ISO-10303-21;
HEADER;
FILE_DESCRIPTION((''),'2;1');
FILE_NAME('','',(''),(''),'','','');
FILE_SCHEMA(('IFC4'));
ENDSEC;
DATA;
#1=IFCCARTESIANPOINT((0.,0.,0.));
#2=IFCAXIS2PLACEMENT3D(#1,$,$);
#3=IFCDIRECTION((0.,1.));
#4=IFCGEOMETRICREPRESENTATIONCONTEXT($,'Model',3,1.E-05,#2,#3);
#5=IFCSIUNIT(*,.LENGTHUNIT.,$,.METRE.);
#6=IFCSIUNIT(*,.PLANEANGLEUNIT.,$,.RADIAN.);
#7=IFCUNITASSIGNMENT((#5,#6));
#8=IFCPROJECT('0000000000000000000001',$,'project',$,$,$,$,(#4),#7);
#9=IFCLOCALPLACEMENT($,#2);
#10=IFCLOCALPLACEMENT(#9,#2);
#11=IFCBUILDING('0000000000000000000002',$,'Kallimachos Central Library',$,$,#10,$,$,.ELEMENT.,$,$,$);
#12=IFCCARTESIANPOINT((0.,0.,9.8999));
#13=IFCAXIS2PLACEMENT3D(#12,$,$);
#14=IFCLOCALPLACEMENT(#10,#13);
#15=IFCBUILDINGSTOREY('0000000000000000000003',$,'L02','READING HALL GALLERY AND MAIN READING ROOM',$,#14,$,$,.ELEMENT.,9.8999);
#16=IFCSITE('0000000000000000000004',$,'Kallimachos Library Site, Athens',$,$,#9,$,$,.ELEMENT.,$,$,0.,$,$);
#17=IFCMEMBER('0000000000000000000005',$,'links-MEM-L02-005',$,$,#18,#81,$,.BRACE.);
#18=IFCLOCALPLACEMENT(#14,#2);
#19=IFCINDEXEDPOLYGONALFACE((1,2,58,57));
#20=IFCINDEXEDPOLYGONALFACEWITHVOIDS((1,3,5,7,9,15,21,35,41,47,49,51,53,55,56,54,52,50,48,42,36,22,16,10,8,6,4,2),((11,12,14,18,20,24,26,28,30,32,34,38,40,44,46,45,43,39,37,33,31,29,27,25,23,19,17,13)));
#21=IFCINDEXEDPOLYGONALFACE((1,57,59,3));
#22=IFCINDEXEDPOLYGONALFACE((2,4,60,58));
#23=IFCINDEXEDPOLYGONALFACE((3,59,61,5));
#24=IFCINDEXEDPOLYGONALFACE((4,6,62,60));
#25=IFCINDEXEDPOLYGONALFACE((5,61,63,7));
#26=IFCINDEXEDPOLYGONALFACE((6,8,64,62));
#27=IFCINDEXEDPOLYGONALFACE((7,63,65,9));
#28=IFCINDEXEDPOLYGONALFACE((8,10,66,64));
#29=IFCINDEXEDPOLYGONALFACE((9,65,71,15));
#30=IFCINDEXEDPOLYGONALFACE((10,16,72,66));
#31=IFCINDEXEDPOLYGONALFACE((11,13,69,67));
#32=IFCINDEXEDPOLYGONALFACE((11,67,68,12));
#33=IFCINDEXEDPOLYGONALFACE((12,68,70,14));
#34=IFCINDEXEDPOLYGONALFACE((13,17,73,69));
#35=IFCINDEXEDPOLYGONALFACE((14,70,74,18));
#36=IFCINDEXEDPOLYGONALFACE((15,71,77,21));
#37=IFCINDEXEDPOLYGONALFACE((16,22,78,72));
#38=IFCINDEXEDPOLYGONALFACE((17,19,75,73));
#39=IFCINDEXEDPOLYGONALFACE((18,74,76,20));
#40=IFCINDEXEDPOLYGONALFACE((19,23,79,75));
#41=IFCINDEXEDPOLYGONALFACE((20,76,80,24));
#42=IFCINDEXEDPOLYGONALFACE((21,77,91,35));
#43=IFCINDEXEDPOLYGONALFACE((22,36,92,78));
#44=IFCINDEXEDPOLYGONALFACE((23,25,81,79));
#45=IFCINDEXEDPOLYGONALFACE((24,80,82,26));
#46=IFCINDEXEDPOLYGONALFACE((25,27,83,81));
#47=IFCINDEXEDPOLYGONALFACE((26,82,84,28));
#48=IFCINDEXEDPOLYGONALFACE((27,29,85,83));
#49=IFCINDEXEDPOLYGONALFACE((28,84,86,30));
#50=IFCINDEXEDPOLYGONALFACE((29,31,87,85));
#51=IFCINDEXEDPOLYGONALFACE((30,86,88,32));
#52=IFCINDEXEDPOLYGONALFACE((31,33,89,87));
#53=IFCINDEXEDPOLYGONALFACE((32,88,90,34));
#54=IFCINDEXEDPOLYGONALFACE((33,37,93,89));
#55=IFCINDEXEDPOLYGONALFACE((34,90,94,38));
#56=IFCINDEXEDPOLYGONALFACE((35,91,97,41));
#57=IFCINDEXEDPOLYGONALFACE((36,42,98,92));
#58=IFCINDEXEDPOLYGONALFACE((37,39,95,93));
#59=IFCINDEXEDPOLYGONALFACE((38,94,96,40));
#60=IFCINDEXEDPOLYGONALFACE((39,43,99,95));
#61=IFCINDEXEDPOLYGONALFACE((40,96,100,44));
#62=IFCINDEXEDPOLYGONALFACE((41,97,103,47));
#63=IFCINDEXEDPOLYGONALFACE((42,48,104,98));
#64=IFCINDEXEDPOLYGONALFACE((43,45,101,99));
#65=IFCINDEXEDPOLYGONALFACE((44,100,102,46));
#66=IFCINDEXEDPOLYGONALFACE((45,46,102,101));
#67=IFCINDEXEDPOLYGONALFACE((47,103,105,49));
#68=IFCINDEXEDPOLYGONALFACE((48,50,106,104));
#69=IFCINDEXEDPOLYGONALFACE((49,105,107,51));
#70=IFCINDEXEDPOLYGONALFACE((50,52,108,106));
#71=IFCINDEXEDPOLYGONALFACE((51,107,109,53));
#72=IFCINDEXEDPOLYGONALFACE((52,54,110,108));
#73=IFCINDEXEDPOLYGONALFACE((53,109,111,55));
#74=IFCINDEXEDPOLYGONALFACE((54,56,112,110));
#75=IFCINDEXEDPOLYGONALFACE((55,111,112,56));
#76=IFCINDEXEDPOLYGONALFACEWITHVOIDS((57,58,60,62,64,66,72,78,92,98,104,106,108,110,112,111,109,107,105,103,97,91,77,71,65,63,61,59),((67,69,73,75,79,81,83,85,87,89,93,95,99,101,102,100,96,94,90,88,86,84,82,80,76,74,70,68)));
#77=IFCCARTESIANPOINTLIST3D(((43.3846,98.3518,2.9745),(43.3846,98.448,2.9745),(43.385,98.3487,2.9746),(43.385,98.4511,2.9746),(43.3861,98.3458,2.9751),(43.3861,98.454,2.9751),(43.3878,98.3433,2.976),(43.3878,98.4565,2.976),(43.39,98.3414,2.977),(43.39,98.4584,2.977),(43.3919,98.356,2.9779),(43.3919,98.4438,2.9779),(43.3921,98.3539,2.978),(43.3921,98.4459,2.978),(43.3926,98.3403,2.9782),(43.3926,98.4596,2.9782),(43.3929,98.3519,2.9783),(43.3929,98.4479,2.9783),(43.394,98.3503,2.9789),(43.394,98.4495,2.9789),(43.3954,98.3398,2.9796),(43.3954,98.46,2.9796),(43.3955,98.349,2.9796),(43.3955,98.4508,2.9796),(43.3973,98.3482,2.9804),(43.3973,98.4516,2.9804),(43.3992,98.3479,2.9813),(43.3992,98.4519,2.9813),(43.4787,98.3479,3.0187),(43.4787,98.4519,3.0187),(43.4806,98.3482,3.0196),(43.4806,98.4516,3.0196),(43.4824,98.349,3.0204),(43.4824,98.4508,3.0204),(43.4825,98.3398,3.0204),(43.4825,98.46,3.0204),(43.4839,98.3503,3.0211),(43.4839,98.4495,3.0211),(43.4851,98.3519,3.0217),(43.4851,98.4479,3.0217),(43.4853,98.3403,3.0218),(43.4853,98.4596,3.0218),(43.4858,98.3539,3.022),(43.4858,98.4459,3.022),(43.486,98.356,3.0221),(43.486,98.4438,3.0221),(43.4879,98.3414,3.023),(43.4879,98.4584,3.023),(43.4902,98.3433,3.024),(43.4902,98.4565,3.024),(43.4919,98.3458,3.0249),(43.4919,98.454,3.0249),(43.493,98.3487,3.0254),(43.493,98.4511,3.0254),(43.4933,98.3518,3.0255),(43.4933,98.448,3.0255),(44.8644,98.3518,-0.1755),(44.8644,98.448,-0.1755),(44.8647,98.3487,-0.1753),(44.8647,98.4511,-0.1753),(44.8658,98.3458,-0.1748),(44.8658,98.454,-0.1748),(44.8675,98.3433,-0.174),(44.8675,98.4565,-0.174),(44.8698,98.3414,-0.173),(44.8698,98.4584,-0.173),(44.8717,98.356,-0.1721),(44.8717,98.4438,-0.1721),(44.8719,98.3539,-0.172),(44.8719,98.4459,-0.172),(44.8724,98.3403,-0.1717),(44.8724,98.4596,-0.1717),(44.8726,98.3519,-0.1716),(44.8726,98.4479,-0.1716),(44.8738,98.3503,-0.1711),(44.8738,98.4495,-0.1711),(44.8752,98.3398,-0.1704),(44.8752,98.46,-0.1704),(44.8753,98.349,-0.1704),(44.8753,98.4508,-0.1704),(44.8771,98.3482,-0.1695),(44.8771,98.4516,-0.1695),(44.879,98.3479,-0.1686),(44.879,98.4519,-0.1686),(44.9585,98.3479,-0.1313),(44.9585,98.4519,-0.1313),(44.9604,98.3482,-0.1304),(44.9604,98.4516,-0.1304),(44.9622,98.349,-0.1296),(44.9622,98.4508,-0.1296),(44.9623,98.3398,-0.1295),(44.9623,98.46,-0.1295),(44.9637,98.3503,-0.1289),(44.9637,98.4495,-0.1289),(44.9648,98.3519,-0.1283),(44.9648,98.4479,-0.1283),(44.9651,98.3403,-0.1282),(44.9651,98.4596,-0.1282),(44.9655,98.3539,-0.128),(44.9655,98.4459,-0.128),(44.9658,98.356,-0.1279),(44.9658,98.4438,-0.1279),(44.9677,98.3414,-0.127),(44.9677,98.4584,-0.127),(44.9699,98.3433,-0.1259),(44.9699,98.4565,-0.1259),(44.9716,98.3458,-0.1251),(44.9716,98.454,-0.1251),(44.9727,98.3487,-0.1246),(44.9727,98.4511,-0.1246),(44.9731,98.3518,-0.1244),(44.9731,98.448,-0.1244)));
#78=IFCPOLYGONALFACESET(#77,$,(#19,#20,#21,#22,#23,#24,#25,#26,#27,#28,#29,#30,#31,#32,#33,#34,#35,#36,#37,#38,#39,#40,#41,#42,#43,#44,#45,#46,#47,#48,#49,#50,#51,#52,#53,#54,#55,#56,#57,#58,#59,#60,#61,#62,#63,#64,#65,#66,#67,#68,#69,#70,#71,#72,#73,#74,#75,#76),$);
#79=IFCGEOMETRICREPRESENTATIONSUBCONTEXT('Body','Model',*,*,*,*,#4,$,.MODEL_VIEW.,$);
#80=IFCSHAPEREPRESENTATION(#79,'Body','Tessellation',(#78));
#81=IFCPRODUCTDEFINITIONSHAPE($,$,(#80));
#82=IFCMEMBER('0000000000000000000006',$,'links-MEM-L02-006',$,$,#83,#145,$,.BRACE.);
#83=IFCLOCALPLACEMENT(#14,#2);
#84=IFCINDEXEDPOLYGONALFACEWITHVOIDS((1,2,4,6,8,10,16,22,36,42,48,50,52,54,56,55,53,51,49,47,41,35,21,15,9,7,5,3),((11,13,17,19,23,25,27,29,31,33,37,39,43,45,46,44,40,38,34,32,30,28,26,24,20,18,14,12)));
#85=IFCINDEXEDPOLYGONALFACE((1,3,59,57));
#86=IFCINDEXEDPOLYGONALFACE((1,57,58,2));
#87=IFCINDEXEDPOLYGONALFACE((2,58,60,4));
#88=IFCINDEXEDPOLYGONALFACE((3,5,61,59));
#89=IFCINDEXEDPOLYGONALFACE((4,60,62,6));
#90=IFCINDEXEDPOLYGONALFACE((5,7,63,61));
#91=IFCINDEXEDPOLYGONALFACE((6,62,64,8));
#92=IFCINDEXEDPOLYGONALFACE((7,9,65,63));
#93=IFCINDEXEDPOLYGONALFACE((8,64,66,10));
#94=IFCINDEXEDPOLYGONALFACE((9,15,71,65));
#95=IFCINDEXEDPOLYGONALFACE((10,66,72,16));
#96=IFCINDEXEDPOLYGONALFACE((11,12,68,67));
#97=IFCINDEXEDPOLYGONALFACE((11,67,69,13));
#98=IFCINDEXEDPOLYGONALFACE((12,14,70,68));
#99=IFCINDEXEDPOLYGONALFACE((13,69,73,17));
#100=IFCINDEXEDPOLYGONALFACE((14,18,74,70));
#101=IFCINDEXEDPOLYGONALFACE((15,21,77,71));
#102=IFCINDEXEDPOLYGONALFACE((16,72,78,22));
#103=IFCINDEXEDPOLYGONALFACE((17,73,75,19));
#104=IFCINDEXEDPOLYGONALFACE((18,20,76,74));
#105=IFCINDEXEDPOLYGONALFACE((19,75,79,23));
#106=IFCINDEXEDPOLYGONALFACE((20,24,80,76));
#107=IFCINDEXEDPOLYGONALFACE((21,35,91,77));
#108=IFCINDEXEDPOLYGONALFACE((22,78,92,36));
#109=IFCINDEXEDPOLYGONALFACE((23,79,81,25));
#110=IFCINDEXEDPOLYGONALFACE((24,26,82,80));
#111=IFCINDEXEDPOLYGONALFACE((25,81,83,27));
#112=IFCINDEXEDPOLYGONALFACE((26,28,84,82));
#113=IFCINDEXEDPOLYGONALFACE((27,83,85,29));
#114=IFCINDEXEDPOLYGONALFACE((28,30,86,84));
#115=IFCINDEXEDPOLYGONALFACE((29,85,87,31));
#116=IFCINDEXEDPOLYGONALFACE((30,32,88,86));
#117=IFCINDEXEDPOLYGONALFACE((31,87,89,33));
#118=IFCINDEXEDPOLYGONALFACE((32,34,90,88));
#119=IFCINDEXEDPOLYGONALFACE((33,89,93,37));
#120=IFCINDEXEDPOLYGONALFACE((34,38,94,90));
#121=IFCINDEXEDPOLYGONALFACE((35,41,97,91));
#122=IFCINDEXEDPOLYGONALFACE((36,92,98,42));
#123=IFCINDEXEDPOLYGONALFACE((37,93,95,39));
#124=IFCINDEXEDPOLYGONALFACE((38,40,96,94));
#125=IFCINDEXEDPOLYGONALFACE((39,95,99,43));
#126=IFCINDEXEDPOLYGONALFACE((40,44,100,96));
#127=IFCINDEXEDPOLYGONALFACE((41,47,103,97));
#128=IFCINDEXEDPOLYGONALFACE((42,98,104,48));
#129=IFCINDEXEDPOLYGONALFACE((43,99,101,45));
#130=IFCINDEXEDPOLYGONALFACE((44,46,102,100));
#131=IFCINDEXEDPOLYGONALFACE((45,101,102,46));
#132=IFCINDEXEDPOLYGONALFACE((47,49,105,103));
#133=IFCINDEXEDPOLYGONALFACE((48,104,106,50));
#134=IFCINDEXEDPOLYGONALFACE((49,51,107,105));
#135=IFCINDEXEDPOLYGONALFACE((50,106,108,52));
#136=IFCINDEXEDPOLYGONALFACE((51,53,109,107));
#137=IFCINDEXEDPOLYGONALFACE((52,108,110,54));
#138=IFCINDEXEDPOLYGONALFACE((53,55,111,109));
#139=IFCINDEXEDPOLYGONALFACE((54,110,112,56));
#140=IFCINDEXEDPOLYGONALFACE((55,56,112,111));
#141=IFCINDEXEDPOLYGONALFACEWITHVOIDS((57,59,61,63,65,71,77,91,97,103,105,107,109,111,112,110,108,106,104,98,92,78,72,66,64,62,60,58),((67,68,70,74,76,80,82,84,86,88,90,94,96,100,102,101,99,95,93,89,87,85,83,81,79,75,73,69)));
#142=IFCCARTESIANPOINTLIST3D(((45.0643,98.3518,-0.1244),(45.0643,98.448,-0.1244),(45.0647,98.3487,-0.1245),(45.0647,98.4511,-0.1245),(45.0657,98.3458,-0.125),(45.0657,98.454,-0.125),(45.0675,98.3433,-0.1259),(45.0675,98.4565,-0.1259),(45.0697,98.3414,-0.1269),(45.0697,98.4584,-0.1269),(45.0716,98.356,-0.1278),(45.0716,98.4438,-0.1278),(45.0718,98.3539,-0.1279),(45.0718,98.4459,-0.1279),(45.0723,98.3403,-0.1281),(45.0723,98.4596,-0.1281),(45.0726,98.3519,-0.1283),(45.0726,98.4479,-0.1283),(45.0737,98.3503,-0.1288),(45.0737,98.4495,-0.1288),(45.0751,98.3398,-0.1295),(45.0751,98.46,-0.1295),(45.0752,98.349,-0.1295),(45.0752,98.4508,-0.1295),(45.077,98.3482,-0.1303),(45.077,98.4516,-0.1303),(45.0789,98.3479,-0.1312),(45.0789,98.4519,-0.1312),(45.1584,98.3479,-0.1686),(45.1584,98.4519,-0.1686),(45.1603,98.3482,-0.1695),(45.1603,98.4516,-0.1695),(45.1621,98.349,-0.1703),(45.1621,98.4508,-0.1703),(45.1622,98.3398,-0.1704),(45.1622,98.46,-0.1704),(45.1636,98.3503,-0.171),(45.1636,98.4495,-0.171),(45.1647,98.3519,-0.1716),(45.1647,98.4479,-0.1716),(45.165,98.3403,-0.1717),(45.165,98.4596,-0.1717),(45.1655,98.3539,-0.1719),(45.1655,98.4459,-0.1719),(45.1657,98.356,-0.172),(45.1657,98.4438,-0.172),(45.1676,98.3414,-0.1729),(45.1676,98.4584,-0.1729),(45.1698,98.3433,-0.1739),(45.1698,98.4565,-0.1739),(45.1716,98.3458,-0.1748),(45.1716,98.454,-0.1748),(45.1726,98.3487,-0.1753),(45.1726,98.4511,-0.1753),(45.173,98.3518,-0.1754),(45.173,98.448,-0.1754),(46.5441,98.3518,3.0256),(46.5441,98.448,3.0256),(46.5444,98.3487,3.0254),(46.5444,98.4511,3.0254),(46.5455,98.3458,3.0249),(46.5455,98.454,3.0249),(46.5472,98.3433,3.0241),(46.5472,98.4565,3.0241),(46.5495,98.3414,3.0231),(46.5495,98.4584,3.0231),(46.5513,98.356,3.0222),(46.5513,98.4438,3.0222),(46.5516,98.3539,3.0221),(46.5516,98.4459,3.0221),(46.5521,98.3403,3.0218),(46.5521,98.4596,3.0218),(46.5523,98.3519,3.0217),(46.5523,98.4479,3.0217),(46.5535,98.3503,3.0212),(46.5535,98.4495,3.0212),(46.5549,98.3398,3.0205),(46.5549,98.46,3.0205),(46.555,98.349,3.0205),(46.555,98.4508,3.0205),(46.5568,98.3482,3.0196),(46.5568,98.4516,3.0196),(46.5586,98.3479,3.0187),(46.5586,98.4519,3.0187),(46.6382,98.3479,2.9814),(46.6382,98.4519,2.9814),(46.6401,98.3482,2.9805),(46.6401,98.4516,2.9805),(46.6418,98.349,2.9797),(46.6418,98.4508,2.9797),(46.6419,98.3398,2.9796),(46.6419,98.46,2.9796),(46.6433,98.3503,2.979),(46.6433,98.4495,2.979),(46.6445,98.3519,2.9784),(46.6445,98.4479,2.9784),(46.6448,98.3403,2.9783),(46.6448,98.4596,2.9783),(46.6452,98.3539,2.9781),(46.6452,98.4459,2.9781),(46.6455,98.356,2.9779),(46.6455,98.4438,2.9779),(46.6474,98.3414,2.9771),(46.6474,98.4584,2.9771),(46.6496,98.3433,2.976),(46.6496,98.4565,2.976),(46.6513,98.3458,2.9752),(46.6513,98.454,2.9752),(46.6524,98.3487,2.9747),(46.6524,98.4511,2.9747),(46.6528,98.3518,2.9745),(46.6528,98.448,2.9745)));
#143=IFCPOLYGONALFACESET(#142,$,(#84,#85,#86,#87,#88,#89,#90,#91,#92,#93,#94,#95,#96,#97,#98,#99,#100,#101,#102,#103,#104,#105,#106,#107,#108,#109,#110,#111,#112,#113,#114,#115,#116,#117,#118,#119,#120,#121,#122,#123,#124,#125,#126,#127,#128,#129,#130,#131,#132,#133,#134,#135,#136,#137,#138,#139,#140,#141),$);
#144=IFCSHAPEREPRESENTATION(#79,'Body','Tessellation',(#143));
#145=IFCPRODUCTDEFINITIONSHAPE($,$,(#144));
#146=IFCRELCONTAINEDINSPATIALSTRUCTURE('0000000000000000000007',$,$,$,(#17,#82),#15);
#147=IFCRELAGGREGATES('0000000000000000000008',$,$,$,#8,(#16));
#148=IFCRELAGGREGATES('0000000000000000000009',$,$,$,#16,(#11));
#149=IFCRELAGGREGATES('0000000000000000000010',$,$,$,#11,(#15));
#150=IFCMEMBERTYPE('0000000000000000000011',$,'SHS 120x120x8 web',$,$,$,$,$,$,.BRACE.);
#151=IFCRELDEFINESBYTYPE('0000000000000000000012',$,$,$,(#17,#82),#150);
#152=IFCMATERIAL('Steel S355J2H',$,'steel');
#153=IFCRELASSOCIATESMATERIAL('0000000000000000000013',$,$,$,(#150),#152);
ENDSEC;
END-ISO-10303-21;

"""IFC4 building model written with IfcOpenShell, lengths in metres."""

from ifc_helpers import new_model, si_unit, direction, frame, origin, origin_2d, place, context, subcontext, project, spatial, hollow_rectangle, extrude, material, material_profile, profile_set, type_object, element, save


model = new_model("IFC4")

# Units and contexts
model_context = context("Model", 3, precision=1e-05, world=origin(), true_north=direction((0.0, 1.0)))
body_context = subcontext(model_context, "Body", "Model", "MODEL_VIEW")
ifc_project = project(units=[si_unit("LENGTHUNIT", "METRE"), si_unit("PLANEANGLEUNIT", "RADIAN")], contexts=[model_context])

# Site, building, storey
site_placement = place(None, origin())
site = spatial("IfcSite", under=ifc_project, at=site_placement, Name="Kallimachos Library Site, Athens", CompositionType="ELEMENT", RefElevation=0.0)
building_placement = place(site_placement, origin())
building = spatial("IfcBuilding", under=site, at=building_placement, Name="Kallimachos Central Library", CompositionType="ELEMENT")
storey_placement = place(building_placement, frame((0.0, 0.0, 9.8999)))
storey = spatial("IfcBuildingStorey", under=building, at=storey_placement, Name="L02", Description="READING HALL GALLERY AND MAIN READING ROOM", CompositionType="ELEMENT", Elevation=9.8999)

# Members
ifc_material_1 = material(Name="Steel S355J2H", Category="steel")
ifc_material_profile_1 = material_profile(ifc_material_1, hollow_rectangle(XDim=0.1201, YDim=0.1201, WallThickness=0.0081, InnerFilletRadius=0.0081, OuterFilletRadius=0.012, at=origin_2d()), Name="SHS 120x120x8")
ifc_profile_set_1 = profile_set([ifc_material_profile_1], Name="Steel S355J2H")
member_type_1 = type_object("IfcMemberType", Name="SHS 120x120x8 web", PredefinedType="BRACE", material=ifc_profile_set_1)
for number, where, z_axis, x_axis, name in (
    (1, (43.439, 98.3999, 3.0), (0.425192, 0.0, -0.905103), (0.0, 1.0, 0.0), "links-MEM-L02-005"),
    (2, (45.1187, 98.3999, -0.1499), (0.425192, 0.0, 0.905103), (0.0, 1.0, 0.0), "links-MEM-L02-006"),
):
    element("IfcMember", number, at=place(storey_placement, frame(where, z_axis=z_axis, x_axis=x_axis)), inside=storey, type_object=member_type_1, Name=name, PredefinedType="BRACE", context=body_context, shape_type="SweptSolid", body=[
        extrude(hollow_rectangle(XDim=0.1201, YDim=0.1201, WallThickness=0.0081, InnerFilletRadius=0.0081, OuterFilletRadius=0.012, at=origin_2d()), origin(), (0.0, 0.0, 1.0), 3.4802),
    ])

save(model, "model.ifc")
